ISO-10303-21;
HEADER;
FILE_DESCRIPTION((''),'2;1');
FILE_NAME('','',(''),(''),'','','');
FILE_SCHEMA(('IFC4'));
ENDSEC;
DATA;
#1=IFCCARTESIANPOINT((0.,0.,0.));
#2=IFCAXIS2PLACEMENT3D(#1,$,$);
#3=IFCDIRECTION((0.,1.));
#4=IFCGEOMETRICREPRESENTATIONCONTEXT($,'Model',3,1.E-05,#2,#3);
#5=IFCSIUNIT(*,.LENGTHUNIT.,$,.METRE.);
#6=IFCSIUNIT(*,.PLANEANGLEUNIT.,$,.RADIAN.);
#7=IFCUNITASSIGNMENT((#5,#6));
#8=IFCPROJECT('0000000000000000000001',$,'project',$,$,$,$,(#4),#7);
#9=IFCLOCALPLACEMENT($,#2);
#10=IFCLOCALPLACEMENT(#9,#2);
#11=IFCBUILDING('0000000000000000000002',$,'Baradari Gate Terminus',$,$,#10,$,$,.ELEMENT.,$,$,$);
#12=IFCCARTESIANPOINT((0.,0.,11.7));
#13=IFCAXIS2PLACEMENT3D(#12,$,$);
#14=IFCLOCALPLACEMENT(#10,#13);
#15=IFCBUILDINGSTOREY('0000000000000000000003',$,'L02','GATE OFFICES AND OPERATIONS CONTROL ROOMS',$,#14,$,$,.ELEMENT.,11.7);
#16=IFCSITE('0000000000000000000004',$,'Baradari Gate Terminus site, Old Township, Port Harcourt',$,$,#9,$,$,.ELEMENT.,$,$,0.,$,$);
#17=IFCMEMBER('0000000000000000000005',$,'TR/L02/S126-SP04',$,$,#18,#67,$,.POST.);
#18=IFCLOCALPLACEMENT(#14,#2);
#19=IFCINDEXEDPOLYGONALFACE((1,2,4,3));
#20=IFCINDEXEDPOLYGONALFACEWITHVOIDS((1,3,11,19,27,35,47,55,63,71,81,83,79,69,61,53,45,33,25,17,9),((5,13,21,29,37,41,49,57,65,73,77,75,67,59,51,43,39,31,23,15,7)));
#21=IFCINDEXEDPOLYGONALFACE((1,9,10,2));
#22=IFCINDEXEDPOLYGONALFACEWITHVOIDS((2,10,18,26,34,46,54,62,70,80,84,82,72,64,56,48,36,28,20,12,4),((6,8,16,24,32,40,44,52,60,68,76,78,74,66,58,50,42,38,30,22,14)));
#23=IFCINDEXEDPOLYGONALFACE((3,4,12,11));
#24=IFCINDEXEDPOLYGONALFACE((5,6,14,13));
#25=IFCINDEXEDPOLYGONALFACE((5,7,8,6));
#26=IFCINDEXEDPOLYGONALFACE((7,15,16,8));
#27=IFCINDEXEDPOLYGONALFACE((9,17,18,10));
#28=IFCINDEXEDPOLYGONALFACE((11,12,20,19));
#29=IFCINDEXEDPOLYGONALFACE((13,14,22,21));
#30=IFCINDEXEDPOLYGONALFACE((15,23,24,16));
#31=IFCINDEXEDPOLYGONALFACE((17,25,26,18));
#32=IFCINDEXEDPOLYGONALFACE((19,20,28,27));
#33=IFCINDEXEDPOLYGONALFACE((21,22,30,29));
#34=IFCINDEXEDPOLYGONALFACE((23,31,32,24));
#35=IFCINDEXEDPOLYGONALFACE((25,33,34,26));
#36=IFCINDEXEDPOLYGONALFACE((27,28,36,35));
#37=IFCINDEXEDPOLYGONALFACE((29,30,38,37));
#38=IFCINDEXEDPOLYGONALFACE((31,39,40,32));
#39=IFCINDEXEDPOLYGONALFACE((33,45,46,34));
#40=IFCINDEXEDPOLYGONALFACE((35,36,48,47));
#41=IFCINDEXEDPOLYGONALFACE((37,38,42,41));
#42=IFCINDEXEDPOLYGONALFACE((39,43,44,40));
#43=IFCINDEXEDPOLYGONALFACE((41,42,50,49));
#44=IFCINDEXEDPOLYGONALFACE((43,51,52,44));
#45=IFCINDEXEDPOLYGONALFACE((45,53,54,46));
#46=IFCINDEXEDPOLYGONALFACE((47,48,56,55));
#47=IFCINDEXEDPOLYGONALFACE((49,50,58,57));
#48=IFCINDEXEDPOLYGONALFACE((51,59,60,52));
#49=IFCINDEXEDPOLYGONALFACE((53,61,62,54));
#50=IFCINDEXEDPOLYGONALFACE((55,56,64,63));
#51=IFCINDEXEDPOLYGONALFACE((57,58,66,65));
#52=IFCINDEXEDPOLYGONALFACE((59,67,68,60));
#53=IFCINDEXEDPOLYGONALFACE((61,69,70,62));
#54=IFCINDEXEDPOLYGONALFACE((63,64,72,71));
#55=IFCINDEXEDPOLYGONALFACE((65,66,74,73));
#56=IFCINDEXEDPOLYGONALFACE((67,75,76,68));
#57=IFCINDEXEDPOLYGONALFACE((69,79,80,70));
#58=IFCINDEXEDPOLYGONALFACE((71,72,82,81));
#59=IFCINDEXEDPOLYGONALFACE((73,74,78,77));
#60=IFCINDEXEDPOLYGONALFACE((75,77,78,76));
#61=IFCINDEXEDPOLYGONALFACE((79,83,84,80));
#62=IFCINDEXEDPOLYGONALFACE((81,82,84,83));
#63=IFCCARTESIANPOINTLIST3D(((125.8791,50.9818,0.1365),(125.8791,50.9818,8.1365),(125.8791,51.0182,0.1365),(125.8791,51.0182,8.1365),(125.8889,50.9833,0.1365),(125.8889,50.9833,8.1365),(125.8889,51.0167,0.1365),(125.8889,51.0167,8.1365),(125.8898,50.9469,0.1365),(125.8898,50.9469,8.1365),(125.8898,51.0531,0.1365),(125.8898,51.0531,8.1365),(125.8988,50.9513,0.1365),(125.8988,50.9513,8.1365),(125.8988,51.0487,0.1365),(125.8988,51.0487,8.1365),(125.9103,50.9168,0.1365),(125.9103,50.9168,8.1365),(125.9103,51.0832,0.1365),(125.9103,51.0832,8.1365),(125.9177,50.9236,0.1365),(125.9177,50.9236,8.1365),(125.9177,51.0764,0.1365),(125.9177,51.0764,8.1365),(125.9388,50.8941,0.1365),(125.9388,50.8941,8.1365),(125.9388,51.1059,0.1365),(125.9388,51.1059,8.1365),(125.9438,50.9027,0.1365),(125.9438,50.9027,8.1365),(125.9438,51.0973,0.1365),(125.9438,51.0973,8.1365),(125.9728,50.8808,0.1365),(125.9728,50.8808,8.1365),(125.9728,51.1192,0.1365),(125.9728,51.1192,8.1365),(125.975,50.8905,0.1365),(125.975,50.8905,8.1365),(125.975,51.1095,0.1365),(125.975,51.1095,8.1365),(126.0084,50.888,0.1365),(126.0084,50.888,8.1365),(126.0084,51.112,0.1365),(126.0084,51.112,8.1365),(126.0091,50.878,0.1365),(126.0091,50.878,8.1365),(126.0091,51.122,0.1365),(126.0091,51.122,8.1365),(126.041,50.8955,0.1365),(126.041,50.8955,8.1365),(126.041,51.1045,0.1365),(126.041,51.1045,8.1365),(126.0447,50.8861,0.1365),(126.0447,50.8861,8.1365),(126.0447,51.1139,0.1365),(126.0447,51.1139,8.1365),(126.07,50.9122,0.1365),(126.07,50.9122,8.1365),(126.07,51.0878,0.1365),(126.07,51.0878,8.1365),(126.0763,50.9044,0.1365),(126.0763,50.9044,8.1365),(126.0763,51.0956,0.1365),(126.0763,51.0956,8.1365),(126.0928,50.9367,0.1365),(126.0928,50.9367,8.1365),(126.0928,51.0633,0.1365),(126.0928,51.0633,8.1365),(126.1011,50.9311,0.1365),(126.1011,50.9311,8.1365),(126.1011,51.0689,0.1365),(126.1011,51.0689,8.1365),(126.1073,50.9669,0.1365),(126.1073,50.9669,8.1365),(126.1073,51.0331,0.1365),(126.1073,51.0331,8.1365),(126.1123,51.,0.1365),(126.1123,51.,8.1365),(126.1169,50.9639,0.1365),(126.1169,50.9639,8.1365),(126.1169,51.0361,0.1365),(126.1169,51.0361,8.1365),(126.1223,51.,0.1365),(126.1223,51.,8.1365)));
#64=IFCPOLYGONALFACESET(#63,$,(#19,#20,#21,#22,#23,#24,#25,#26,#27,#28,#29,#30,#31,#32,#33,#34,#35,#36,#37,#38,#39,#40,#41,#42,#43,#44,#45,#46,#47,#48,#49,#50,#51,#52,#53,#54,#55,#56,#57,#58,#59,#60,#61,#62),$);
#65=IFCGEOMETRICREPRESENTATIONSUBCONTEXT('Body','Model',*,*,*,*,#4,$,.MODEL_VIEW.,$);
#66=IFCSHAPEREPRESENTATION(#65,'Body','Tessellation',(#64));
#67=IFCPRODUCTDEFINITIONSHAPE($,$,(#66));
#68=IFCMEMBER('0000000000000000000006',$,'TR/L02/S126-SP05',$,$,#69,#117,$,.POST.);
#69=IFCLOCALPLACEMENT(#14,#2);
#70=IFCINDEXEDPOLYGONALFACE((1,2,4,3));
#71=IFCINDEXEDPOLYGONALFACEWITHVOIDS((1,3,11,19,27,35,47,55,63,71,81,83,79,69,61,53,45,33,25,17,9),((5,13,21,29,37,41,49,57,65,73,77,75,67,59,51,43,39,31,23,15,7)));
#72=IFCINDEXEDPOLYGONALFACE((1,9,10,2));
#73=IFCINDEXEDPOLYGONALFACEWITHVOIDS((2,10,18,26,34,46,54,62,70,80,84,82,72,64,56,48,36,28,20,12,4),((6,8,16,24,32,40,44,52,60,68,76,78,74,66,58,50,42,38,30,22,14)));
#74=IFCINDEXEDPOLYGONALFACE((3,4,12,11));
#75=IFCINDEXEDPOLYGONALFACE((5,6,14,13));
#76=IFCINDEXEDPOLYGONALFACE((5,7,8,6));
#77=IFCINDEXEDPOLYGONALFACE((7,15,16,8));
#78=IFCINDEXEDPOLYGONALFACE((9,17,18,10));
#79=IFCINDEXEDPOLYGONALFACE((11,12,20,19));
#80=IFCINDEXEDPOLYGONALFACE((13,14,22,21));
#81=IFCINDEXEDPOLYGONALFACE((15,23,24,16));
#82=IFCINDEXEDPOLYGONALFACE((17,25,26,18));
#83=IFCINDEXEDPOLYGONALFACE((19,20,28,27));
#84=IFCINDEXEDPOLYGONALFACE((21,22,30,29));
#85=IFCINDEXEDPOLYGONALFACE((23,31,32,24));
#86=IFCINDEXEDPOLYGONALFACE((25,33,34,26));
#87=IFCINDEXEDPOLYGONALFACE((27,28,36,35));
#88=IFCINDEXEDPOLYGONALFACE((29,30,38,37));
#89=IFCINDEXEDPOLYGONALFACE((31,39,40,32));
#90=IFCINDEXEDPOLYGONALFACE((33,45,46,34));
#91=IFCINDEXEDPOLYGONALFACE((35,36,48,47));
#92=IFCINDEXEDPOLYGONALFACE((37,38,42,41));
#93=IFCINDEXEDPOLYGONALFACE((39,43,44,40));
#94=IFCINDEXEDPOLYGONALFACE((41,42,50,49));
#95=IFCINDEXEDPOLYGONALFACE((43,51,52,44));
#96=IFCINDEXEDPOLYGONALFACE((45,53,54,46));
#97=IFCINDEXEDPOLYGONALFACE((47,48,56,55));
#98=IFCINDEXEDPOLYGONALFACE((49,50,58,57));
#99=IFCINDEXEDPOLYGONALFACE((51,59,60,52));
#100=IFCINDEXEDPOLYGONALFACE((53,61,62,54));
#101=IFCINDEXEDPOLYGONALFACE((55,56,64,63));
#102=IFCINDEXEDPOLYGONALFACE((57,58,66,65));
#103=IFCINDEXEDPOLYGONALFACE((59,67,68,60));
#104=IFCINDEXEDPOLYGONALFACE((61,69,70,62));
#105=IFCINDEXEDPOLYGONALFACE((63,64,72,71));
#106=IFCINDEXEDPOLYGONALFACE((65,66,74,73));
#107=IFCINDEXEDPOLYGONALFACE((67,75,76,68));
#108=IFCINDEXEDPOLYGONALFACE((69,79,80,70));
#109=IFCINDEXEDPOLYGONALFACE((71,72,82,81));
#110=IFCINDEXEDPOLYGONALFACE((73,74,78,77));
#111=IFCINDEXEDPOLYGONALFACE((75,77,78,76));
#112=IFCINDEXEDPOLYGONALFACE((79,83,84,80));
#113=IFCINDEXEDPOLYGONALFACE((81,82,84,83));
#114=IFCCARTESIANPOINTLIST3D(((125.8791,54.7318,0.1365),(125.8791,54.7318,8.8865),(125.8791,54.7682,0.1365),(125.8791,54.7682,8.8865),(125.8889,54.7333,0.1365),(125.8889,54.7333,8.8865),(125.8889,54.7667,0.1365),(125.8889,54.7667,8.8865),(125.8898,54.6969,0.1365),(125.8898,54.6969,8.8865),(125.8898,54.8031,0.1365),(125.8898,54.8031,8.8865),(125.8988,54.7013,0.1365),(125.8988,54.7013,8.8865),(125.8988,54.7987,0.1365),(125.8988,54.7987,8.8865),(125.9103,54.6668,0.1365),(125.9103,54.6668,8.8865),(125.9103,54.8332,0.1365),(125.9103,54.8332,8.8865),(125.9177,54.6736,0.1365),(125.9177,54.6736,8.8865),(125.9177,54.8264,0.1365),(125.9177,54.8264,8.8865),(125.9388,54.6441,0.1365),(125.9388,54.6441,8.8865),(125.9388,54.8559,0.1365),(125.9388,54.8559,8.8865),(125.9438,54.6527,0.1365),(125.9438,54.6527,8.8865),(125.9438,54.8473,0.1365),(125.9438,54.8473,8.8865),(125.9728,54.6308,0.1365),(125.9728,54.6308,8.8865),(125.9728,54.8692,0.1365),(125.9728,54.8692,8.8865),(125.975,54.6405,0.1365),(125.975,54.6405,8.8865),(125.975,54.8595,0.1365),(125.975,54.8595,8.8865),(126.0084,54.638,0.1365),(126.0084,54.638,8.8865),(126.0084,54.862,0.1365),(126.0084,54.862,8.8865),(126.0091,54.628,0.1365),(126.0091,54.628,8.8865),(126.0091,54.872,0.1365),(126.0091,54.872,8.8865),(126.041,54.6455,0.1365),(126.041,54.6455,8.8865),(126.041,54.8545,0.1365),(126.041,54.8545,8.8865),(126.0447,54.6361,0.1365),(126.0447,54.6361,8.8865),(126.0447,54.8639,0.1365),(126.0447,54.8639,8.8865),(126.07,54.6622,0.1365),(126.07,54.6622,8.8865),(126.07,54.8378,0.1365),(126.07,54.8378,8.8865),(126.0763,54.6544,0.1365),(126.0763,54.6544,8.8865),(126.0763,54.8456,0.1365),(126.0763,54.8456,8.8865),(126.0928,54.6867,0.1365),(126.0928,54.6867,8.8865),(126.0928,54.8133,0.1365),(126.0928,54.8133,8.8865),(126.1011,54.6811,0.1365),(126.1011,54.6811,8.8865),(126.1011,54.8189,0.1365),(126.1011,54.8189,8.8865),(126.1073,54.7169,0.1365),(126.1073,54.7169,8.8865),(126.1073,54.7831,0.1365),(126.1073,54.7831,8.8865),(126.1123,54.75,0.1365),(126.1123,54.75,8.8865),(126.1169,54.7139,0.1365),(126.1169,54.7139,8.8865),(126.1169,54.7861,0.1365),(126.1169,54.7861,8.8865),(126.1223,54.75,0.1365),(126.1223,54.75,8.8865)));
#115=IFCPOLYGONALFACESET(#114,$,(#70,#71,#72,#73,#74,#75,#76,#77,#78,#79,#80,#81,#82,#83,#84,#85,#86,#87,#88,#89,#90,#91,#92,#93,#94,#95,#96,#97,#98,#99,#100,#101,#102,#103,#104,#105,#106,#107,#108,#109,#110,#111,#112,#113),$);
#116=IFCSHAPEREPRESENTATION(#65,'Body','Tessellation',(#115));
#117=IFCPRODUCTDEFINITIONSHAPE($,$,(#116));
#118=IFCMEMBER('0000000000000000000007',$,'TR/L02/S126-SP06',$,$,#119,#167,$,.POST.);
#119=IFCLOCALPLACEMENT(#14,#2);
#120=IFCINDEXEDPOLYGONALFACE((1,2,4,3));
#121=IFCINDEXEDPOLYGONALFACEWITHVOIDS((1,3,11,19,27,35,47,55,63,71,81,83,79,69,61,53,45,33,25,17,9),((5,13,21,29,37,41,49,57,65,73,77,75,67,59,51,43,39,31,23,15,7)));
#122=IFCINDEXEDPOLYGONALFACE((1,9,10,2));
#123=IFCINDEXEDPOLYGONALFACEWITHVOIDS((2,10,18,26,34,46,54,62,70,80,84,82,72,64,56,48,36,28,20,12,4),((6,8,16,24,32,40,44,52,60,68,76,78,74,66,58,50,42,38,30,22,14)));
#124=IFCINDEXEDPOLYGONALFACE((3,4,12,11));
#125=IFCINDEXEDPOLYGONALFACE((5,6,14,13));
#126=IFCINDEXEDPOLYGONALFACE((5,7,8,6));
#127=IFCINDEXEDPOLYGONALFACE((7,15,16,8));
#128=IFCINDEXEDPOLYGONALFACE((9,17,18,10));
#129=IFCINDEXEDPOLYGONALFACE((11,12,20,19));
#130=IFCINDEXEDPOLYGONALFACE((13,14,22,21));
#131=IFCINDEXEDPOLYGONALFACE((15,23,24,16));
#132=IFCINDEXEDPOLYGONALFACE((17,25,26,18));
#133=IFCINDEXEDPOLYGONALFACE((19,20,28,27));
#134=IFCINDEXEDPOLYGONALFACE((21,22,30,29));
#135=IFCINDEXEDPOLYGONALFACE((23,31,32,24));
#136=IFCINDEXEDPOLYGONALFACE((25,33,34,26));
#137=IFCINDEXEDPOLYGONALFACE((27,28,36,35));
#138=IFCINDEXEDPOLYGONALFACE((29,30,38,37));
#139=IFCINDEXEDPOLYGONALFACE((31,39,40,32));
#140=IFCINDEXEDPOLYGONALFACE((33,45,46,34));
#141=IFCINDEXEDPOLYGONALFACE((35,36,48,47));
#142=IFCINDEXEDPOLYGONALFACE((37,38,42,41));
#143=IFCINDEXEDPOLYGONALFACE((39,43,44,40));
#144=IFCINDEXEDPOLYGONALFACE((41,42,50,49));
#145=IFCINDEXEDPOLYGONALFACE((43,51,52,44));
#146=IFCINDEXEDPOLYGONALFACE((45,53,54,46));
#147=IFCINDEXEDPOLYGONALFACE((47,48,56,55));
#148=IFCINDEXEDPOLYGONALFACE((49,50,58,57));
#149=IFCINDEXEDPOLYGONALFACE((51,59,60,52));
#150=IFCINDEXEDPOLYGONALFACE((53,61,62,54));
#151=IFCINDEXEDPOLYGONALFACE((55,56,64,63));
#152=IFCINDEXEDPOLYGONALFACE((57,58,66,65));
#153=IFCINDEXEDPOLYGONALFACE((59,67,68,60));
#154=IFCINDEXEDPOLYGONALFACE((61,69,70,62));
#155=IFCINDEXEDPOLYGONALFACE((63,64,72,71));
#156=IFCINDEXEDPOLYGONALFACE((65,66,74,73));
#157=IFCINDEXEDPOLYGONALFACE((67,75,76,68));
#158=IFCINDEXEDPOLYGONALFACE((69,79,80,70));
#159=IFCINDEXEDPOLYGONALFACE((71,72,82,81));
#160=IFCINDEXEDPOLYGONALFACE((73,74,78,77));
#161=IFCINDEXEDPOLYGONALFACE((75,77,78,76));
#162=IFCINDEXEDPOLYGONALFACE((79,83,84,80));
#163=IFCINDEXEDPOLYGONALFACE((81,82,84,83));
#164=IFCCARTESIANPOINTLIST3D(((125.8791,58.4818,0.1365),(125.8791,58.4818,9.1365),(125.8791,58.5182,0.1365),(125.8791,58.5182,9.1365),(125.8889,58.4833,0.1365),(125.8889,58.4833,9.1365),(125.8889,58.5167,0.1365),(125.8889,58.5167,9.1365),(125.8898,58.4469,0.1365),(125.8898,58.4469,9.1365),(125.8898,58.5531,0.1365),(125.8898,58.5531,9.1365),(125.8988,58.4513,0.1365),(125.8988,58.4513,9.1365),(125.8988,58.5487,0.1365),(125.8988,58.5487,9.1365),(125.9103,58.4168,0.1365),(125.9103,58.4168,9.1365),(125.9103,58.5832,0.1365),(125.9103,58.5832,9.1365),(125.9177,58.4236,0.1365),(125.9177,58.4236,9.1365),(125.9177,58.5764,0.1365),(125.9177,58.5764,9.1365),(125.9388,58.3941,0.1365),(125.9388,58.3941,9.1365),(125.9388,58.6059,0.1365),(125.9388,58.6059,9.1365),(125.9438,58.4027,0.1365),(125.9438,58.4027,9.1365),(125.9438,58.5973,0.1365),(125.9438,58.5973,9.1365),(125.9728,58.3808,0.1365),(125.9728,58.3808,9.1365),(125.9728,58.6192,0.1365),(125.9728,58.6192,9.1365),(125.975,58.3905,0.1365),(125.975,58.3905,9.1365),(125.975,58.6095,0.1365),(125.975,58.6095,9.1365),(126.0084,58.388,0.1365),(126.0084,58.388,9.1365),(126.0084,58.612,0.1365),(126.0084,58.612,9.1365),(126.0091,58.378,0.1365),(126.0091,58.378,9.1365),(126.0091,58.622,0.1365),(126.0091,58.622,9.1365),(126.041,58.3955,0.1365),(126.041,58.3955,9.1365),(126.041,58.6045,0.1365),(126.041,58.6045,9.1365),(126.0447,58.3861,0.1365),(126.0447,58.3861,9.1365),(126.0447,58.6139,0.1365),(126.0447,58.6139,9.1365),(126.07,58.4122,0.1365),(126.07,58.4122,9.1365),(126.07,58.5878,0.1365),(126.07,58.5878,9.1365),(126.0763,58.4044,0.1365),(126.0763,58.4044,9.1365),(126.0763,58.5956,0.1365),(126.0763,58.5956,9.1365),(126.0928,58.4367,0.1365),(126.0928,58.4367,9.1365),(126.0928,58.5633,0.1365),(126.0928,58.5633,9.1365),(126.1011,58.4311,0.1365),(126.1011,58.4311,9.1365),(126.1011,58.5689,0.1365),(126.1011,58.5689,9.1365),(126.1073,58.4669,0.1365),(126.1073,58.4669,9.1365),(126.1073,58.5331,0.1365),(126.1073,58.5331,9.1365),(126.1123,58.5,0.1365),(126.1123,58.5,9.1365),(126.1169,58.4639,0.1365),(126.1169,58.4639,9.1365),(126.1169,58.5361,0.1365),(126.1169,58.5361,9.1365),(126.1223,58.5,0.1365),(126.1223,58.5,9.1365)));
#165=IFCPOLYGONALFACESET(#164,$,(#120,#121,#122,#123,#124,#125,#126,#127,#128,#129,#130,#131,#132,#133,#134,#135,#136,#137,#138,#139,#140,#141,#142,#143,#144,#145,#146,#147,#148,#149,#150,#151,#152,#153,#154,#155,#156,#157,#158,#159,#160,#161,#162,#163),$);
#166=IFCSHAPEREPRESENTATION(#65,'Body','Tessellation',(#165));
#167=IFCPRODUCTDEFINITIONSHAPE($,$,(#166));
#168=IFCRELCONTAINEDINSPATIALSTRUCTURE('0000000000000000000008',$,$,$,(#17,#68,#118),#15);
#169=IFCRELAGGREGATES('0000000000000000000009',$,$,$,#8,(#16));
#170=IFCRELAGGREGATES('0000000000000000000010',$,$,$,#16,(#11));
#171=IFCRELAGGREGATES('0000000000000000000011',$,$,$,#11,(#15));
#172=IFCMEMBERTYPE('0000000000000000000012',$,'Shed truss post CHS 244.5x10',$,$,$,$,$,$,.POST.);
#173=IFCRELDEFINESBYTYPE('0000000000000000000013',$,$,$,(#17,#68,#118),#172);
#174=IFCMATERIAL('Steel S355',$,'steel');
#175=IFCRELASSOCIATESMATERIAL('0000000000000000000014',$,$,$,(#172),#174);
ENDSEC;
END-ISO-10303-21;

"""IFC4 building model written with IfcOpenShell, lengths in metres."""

from ifc_helpers import new_model, si_unit, direction, frame, origin, origin_2d, place, context, subcontext, project, spatial, hollow_circle, extrude, material, material_profile, profile_set, type_object, element, save


model = new_model("IFC4")

# Units and contexts
model_context = context("Model", 3, precision=1e-05, world=origin(), true_north=direction((0.0, 1.0)))
body_context = subcontext(model_context, "Body", "Model", "MODEL_VIEW")
ifc_project = project(units=[si_unit("LENGTHUNIT", "METRE"), si_unit("PLANEANGLEUNIT", "RADIAN")], contexts=[model_context])

# Site, building, storey
site_placement = place(None, origin())
site = spatial("IfcSite", under=ifc_project, at=site_placement, Name="Baradari Gate Terminus site, Old Township, Port Harcourt", CompositionType="ELEMENT", RefElevation=0.0)
building_placement = place(site_placement, origin())
building = spatial("IfcBuilding", under=site, at=building_placement, Name="Baradari Gate Terminus", CompositionType="ELEMENT")
storey_placement = place(building_placement, frame((0.0, 0.0, 11.7)))
storey = spatial("IfcBuildingStorey", under=building, at=storey_placement, Name="L02", Description="GATE OFFICES AND OPERATIONS CONTROL ROOMS", CompositionType="ELEMENT", Elevation=11.7)

# Members
ifc_material_1 = material(Name="Steel S355", Category="steel")
ifc_material_profile_1 = material_profile(ifc_material_1, hollow_circle(Radius=0.1223, WallThickness=0.01, at=origin_2d()), Name="CHS 244.5x10")
ifc_profile_set_1 = profile_set([ifc_material_profile_1], Name="Steel S355")
member_type_1 = type_object("IfcMemberType", Name="Shed truss post CHS 244.5x10", PredefinedType="POST", material=ifc_profile_set_1)
member_1_placement = place(storey_placement, frame((126.0, 51.0, 0.1365), z_axis=(0.0, 0.0, 1.0), x_axis=(1.0, 0.0, 0.0)))
element("IfcMember", 1, at=member_1_placement, inside=storey, type_object=member_type_1, Name="TR/L02/S126-SP04", PredefinedType="POST", context=body_context, shape_type="SweptSolid", body=[
    extrude(hollow_circle(Radius=0.1223, WallThickness=0.01, at=origin_2d()), origin(), (0.0, 0.0, 1.0), 8.0),
])
member_2_placement = place(storey_placement, frame((126.0, 54.75, 0.1365), z_axis=(0.0, 0.0, 1.0), x_axis=(1.0, 0.0, 0.0)))
element("IfcMember", 2, at=member_2_placement, inside=storey, type_object=member_type_1, Name="TR/L02/S126-SP05", PredefinedType="POST", context=body_context, shape_type="SweptSolid", body=[
    extrude(hollow_circle(Radius=0.1223, WallThickness=0.01, at=origin_2d()), origin(), (0.0, 0.0, 1.0), 8.75),
])
member_3_placement = place(storey_placement, frame((126.0, 58.5, 0.1365), z_axis=(0.0, 0.0, 1.0), x_axis=(1.0, 0.0, 0.0)))
element("IfcMember", 3, at=member_3_placement, inside=storey, type_object=member_type_1, Name="TR/L02/S126-SP06", PredefinedType="POST", context=body_context, shape_type="SweptSolid", body=[
    extrude(hollow_circle(Radius=0.1223, WallThickness=0.01, at=origin_2d()), origin(), (0.0, 0.0, 1.0), 9.0),
])

save(model, "model.ifc")
